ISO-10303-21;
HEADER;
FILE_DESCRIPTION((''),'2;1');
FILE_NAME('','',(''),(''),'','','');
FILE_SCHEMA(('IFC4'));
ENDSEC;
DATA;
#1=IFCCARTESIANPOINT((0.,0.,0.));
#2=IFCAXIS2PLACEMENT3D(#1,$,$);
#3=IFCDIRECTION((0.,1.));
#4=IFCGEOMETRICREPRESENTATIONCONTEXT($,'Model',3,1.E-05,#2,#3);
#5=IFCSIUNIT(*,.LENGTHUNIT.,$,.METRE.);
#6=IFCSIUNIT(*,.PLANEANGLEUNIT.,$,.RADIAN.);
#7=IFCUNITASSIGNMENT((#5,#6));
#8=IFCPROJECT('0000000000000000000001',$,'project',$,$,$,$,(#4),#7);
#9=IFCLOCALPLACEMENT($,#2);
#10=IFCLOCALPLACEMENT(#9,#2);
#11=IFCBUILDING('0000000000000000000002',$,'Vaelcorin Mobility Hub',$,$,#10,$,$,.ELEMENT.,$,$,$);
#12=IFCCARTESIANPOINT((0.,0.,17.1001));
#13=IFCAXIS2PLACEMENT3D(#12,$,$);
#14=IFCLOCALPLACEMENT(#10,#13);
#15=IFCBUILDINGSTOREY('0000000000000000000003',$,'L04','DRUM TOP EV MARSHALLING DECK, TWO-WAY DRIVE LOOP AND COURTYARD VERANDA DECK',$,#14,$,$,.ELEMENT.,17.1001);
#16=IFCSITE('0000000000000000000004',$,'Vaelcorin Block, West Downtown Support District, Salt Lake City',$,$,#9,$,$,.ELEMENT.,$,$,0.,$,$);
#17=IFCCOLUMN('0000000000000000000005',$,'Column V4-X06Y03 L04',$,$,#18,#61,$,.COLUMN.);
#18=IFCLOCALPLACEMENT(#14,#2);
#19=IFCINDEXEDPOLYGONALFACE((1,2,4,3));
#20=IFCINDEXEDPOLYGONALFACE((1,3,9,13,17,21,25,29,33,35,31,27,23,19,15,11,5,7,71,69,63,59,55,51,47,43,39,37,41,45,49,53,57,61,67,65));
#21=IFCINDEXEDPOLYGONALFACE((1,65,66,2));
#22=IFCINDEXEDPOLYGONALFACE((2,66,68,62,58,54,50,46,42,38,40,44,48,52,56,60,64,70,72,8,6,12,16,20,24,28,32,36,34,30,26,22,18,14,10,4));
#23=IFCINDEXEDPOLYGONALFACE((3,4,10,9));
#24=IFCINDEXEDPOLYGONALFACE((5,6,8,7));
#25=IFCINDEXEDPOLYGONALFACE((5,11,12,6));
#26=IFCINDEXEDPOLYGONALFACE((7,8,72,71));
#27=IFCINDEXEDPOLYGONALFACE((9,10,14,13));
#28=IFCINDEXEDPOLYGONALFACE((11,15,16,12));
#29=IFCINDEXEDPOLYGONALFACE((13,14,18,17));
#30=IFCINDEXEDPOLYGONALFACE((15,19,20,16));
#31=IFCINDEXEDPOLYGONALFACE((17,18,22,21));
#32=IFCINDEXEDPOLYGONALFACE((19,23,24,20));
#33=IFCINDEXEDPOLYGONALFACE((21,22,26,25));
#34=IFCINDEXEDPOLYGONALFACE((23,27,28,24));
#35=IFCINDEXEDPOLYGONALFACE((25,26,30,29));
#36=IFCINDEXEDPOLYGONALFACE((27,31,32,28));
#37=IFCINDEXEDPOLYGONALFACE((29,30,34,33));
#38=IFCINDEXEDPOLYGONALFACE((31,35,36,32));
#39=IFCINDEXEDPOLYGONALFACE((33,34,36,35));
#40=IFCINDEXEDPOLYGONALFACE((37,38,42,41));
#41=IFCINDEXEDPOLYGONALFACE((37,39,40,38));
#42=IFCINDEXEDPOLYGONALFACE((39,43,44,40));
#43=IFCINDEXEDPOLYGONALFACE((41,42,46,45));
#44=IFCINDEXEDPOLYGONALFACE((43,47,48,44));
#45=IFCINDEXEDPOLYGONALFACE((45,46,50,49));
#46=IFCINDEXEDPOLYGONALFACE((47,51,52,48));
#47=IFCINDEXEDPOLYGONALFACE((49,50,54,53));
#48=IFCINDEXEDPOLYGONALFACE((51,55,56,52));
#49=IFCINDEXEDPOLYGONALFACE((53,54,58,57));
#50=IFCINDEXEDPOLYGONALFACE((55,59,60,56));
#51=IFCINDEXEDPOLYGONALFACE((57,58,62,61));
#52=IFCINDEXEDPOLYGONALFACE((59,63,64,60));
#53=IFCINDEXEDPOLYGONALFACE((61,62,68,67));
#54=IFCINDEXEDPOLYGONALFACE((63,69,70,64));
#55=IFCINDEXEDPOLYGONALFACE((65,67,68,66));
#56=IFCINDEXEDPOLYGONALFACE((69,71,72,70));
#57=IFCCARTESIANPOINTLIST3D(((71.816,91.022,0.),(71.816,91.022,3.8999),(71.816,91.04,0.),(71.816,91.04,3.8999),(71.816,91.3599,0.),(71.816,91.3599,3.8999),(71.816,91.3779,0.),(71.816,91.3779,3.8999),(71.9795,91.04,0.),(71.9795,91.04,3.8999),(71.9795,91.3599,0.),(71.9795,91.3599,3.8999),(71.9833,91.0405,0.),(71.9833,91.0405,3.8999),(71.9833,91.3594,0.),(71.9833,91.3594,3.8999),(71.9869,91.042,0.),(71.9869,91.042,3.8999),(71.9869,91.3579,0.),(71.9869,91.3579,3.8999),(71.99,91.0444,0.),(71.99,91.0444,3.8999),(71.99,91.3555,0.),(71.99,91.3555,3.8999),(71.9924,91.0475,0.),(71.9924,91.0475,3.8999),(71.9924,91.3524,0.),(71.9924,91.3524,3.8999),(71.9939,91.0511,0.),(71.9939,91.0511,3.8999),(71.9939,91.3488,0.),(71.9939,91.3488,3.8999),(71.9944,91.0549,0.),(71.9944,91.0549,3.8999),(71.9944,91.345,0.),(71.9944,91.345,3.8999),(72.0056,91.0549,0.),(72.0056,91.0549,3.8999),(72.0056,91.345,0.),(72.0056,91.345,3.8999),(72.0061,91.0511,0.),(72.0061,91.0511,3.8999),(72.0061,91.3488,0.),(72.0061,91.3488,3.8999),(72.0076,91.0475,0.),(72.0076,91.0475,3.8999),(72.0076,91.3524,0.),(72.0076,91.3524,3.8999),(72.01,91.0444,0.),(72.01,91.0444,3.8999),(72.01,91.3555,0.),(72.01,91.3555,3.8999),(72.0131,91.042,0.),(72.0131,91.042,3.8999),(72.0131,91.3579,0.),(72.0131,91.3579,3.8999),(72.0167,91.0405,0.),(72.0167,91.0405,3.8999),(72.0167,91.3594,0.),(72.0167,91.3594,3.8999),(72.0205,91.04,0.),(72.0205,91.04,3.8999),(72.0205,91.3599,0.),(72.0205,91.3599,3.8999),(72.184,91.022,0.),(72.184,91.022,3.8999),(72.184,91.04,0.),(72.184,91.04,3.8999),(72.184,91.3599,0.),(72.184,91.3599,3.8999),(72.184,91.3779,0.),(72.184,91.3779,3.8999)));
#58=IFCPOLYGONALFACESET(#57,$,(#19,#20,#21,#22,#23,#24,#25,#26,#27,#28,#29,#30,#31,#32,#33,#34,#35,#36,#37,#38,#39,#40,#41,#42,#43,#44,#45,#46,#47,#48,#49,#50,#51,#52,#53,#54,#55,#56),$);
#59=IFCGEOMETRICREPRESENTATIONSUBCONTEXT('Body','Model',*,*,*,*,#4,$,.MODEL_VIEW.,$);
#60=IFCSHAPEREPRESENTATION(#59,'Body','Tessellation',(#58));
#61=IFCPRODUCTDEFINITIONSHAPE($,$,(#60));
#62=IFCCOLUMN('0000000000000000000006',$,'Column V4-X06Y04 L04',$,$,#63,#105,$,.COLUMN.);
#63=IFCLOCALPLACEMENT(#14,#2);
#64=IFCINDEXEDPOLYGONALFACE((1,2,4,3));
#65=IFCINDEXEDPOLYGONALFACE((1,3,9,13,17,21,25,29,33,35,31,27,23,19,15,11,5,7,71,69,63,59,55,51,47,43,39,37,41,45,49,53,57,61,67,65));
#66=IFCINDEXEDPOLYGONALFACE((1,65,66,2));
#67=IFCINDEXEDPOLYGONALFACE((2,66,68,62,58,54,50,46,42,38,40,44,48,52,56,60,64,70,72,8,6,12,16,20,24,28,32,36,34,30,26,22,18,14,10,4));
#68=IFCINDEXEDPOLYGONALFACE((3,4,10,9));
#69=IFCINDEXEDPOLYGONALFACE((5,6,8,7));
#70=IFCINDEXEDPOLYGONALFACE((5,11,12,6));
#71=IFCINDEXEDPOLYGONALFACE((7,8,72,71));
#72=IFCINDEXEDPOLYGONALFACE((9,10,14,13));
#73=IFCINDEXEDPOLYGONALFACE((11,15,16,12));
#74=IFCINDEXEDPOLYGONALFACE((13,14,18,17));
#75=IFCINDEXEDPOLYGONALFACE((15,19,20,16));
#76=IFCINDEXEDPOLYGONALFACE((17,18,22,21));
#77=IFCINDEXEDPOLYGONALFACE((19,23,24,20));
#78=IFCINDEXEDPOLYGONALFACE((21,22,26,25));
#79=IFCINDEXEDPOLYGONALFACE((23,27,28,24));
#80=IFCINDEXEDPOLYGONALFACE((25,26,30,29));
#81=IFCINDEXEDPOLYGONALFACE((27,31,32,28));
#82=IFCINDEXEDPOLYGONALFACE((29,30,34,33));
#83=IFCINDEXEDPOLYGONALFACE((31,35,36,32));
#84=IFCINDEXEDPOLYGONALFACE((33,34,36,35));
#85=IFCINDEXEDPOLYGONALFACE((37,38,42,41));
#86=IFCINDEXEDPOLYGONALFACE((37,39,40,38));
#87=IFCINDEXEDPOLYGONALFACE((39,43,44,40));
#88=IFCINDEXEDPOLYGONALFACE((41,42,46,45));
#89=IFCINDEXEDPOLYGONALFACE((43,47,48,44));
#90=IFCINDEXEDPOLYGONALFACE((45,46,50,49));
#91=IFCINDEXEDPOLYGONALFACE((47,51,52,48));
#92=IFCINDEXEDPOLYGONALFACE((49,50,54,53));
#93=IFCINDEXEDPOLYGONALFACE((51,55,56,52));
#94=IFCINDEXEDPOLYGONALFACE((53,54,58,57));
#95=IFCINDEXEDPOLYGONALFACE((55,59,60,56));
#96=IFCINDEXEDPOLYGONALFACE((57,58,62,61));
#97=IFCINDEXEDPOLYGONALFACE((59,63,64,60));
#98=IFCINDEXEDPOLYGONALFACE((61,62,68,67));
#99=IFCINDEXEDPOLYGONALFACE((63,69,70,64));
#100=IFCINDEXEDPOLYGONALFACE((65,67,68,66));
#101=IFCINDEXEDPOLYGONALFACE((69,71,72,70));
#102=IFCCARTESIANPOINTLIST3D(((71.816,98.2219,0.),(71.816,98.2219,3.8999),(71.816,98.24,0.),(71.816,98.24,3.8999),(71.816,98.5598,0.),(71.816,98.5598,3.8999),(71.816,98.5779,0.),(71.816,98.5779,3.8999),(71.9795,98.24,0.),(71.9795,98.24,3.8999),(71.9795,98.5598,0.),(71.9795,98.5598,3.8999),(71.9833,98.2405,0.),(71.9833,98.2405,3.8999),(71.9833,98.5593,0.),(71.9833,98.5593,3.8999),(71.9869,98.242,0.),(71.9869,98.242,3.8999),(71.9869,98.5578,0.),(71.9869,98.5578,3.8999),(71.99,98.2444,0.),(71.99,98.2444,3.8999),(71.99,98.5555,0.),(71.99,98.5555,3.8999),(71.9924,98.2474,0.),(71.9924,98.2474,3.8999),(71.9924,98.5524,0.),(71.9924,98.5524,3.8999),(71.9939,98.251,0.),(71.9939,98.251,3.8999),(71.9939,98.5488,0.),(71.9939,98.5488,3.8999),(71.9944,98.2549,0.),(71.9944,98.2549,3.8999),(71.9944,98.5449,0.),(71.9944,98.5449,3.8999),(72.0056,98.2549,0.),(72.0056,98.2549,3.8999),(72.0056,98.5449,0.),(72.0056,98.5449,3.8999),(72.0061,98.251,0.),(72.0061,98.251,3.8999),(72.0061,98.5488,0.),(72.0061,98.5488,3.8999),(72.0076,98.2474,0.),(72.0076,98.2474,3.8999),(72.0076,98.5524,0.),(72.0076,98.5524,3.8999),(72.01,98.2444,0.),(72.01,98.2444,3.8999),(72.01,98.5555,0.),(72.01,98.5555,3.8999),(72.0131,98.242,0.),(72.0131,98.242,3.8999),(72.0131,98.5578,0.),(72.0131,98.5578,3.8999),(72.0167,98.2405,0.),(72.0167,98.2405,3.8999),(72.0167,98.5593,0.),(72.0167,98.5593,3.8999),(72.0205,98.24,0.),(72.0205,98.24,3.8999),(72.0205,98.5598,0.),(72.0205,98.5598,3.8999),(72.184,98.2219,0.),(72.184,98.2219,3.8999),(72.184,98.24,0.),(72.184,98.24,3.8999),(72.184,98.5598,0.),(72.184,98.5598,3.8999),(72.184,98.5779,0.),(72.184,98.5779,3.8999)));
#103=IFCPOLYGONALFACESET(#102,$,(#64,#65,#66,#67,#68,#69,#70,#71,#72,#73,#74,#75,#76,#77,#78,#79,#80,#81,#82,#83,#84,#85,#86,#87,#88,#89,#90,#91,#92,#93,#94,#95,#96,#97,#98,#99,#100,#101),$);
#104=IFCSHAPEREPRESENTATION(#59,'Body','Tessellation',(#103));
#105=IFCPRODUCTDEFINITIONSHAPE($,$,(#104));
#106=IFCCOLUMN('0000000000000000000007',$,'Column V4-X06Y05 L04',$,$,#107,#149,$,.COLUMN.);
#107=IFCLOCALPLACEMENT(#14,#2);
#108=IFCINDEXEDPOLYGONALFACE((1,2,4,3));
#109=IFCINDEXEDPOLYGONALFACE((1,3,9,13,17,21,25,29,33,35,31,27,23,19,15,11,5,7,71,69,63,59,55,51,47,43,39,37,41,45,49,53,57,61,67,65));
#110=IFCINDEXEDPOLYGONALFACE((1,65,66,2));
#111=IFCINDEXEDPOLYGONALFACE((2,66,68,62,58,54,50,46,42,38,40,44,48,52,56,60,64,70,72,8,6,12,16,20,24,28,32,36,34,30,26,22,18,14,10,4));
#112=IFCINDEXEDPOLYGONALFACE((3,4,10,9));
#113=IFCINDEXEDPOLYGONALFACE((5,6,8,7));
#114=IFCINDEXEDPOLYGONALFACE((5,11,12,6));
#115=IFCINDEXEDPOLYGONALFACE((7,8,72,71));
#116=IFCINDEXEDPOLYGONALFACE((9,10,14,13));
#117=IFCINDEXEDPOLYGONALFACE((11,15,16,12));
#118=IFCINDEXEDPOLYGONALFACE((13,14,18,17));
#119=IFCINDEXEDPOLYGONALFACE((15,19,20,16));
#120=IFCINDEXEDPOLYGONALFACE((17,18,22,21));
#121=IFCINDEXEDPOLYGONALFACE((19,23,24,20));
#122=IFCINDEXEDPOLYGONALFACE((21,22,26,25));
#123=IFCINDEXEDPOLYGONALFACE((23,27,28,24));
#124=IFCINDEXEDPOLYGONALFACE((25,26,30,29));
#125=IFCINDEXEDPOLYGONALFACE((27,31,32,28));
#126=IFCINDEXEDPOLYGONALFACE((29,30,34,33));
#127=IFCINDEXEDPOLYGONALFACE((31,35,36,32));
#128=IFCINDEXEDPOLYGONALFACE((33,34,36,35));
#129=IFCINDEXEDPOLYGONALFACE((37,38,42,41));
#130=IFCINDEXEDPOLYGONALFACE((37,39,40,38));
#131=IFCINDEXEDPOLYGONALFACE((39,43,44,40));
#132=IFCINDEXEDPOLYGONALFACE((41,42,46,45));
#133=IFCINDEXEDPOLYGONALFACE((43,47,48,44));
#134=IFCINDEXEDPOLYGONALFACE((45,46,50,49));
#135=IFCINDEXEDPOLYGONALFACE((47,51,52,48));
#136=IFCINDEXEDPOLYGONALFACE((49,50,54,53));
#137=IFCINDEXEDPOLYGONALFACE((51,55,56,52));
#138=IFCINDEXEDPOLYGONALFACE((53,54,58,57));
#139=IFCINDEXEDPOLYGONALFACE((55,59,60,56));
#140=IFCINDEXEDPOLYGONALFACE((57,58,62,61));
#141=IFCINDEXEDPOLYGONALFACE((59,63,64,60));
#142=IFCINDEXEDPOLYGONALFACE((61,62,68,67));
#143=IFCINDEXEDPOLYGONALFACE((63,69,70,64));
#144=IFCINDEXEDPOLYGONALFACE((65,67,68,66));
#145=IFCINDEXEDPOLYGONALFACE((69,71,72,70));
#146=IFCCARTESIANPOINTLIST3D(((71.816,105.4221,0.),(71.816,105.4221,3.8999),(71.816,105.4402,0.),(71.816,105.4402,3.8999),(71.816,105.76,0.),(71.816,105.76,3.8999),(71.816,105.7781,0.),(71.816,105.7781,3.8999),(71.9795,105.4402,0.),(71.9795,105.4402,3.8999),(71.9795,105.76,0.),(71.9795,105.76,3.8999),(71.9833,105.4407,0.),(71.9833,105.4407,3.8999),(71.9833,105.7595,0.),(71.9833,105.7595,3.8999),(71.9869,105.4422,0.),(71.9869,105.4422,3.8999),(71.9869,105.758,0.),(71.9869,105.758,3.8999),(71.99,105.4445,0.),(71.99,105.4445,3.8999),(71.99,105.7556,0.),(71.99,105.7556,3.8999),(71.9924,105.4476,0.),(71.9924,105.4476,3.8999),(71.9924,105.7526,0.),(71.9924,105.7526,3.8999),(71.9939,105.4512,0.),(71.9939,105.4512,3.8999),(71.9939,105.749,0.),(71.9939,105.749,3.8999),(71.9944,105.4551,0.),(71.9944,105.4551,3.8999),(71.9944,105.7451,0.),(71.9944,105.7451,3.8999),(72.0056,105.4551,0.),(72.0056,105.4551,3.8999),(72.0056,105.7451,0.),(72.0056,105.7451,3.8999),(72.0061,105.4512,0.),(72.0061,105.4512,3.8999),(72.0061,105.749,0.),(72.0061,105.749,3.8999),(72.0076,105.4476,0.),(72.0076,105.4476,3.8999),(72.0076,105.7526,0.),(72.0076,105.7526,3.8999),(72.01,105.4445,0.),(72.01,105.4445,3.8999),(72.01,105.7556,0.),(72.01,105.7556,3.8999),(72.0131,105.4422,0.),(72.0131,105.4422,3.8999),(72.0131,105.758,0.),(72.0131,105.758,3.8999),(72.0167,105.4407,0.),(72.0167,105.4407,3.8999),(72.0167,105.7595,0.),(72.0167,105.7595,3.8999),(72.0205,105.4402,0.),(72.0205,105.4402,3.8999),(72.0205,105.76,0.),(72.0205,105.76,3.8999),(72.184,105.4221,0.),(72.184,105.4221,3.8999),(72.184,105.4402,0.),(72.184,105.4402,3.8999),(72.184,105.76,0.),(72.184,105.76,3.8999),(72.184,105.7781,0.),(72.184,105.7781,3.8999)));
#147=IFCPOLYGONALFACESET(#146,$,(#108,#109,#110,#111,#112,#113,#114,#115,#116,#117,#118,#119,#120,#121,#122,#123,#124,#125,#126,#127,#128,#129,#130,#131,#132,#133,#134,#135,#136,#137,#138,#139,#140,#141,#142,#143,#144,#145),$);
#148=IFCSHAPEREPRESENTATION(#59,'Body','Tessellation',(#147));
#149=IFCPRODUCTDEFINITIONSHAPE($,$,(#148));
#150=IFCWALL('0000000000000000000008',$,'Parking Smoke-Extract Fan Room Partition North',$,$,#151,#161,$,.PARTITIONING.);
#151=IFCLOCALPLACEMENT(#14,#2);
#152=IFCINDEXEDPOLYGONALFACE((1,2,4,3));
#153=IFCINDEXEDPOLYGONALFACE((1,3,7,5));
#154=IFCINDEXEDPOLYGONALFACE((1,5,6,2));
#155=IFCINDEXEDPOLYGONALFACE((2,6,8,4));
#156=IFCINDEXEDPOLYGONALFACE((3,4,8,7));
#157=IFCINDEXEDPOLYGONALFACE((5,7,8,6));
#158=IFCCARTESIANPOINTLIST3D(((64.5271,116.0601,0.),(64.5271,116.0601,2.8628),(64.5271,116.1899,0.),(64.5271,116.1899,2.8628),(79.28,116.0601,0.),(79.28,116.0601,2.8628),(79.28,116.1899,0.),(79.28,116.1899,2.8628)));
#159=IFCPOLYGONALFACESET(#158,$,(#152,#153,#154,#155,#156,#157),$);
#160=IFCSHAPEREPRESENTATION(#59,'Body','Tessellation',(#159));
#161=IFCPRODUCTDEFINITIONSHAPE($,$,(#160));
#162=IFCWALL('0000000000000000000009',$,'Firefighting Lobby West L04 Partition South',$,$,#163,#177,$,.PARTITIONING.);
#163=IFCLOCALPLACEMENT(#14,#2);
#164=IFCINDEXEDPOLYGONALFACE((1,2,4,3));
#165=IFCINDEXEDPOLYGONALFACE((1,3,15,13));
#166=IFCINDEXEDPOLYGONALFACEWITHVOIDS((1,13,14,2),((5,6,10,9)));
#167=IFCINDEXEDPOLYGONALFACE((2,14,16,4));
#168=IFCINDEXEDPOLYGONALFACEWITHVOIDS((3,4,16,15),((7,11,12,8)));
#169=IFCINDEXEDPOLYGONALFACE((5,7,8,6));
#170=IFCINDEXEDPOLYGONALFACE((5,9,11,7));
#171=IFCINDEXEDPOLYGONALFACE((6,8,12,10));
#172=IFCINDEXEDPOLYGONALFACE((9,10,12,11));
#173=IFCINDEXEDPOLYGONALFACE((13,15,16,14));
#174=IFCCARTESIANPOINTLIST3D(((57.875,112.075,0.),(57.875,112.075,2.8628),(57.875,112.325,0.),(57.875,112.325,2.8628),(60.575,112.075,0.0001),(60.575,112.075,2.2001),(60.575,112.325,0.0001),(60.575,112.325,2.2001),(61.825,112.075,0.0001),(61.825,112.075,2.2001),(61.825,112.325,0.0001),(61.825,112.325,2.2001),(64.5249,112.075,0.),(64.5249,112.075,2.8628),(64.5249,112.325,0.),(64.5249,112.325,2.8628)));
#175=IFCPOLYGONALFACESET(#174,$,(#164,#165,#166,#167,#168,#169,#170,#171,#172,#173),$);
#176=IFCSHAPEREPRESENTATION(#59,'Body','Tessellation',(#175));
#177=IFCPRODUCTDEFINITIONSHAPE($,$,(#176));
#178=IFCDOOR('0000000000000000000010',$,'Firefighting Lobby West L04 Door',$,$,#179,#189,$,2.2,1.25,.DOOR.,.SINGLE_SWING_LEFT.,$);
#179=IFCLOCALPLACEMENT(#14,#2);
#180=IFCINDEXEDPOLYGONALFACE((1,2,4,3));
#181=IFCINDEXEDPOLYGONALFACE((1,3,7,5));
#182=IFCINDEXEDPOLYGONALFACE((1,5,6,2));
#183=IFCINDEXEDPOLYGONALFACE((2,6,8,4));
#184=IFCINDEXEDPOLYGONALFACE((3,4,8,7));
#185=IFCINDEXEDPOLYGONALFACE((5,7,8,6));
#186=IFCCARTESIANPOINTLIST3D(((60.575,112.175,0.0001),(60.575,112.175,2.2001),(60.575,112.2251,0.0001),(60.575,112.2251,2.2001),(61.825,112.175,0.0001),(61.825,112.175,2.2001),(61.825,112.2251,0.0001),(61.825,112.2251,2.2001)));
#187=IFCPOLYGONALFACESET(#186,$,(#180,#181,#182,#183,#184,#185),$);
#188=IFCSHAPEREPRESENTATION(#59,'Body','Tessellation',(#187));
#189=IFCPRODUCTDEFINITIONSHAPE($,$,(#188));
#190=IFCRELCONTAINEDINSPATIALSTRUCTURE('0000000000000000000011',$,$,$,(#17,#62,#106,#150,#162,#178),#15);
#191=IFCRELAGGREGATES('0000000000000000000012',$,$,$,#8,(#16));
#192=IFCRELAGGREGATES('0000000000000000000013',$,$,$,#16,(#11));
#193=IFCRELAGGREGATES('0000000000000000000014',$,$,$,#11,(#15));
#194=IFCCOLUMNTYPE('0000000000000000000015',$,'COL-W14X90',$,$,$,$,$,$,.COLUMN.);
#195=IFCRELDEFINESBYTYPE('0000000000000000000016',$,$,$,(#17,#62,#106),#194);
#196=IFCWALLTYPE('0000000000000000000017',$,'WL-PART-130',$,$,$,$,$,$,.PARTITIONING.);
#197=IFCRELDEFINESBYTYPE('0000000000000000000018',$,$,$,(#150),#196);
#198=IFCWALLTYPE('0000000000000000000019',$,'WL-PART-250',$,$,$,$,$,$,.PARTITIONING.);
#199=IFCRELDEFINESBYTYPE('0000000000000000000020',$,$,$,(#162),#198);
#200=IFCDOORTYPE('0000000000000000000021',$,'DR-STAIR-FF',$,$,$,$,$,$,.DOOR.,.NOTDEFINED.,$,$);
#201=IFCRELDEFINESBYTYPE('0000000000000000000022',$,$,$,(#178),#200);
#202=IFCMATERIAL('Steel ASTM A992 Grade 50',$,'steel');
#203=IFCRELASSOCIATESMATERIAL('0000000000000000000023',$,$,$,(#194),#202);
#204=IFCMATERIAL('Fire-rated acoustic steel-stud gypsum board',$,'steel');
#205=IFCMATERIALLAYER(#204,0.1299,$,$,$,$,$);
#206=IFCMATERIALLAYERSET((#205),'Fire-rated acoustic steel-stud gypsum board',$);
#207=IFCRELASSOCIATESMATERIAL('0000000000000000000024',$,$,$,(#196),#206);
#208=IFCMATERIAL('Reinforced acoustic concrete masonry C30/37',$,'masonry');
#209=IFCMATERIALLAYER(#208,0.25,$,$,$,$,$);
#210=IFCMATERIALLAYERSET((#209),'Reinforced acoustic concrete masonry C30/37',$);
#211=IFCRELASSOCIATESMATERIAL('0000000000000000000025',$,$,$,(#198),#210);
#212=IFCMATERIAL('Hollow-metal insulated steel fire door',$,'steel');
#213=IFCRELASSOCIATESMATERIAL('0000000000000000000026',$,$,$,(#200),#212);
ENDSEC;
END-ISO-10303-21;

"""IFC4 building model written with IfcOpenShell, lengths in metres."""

from ifc_helpers import new_model, si_unit, direction, frame, frame_2d, origin, origin_2d, place, context, subcontext, project, spatial, rectangle, i_section, extrude, material, layer, layer_set, material_profile, profile_set, type_object, element, fill, save


model = new_model("IFC4")

# Units and contexts
model_context = context("Model", 3, precision=1e-05, world=origin(), true_north=direction((0.0, 1.0)))
body_context = subcontext(model_context, "Body", "Model", "MODEL_VIEW")
ifc_project = project(units=[si_unit("LENGTHUNIT", "METRE"), si_unit("PLANEANGLEUNIT", "RADIAN")], contexts=[model_context])

# Site, building, storey
site_placement = place(None, origin())
site = spatial("IfcSite", under=ifc_project, at=site_placement, Name="Vaelcorin Block, West Downtown Support District, Salt Lake City", CompositionType="ELEMENT", RefElevation=0.0)
building_placement = place(site_placement, origin())
building = spatial("IfcBuilding", under=site, at=building_placement, Name="Vaelcorin Mobility Hub", CompositionType="ELEMENT")
storey_placement = place(building_placement, frame((0.0, 0.0, 17.1001)))
storey = spatial("IfcBuildingStorey", under=building, at=storey_placement, Name="L04", Description="DRUM TOP EV MARSHALLING DECK, TWO-WAY DRIVE LOOP AND COURTYARD VERANDA DECK", CompositionType="ELEMENT", Elevation=17.1001)

# Columns
ifc_material_1 = material(Name="Steel ASTM A992 Grade 50", Category="steel")
ifc_material_profile_1 = material_profile(ifc_material_1, i_section(OverallWidth=0.3679, OverallDepth=0.356, WebThickness=0.0112, FlangeThickness=0.0181, FilletRadius=0.0149, at=origin_2d()), Name="W14X90")
ifc_profile_set_1 = profile_set([ifc_material_profile_1], Name="Steel ASTM A992 Grade 50")
column_type_1 = type_object("IfcColumnType", Name="COL-W14X90", PredefinedType="COLUMN", material=ifc_profile_set_1)
for number, where, z_axis, x_axis, name in (
    (1, (72.0, 91.2, 0.0), (0.0, 0.0, 1.0), (1.0, 0.0, 0.0), "Column V4-X06Y03 L04"),
    (2, (72.0, 98.3999, 0.0), (0.0, 0.0, 1.0), (1.0, 0.0, 0.0), "Column V4-X06Y04 L04"),
    (3, (72.0, 105.6001, 0.0), (0.0, 0.0, 1.0), (1.0, 0.0, 0.0), "Column V4-X06Y05 L04"),
):
    element("IfcColumn", number, at=place(storey_placement, frame(where, z_axis=z_axis, x_axis=x_axis)), inside=storey, type_object=column_type_1, Name=name, PredefinedType="COLUMN", context=body_context, shape_type="SweptSolid", body=[
        extrude(i_section(OverallWidth=0.3679, OverallDepth=0.356, WebThickness=0.0112, FlangeThickness=0.0181, FilletRadius=0.0149, at=origin_2d()), origin(), (0.0, 0.0, 1.0), 3.8999),
    ])

# Wall
ifc_material_2 = material(Name="Fire-rated acoustic steel-stud gypsum board", Category="steel")
ifc_layer_1 = layer(ifc_material_2, 0.1299)
ifc_layer_set_1 = layer_set([ifc_layer_1], Name="Fire-rated acoustic steel-stud gypsum board")
wall_type_1 = type_object("IfcWallType", Name="WL-PART-130", PredefinedType="PARTITIONING", material=ifc_layer_set_1)
wall_1_placement = place(storey_placement, frame((64.5271, 116.125, 0.0), z_axis=(0.0, 0.0, 1.0), x_axis=(1.0, 0.0, 0.0)))
element("IfcWall", 4, at=wall_1_placement, inside=storey, type_object=wall_type_1, Name="Parking Smoke-Extract Fan Room Partition North", PredefinedType="PARTITIONING", context=body_context, shape_type="SweptSolid", body=[
    extrude(rectangle(XDim=14.7529, YDim=0.1299, at=frame_2d((7.3765, 0.0))), origin(), (0.0, 0.0, 1.0), 2.8628),
])

# Wall, opening, door
ifc_material_3 = material(Name="Reinforced acoustic concrete masonry C30/37", Category="masonry")
ifc_layer_2 = layer(ifc_material_3, 0.25)
ifc_layer_set_2 = layer_set([ifc_layer_2], Name="Reinforced acoustic concrete masonry C30/37")
wall_type_2 = type_object("IfcWallType", Name="WL-PART-250", PredefinedType="PARTITIONING", material=ifc_layer_set_2)
wall_2_placement = place(storey_placement, frame((64.5249, 112.2, 0.0), z_axis=(0.0, 0.0, 1.0), x_axis=(-1.0, 0.0, 0.0)))
wall_2 = element("IfcWall", 5, at=wall_2_placement, inside=storey, type_object=wall_type_2, Name="Firefighting Lobby West L04 Partition South", PredefinedType="PARTITIONING", context=body_context, shape_type="SweptSolid", body=[
    extrude(rectangle(XDim=6.6499, YDim=0.25, at=frame_2d((3.325, 0.0))), origin(), (0.0, 0.0, 1.0), 2.8628),
])
opening_1_placement = place(wall_2_placement, frame((2.7, 0.0, 0.0)))
opening_1 = element("IfcOpeningElement", 6, at=opening_1_placement, cuts=wall_2, PredefinedType="OPENING", context=body_context, shape_type="SweptSolid", body=[
    extrude(rectangle(XDim=1.25, YDim=2.2, at=frame_2d((0.625, 1.1001))), frame((0.0, 0.135, 0.0), z_axis=(0.0, -1.0, 0.0), x_axis=(1.0, 0.0, 0.0)), (0.0, 0.0, 1.0), 0.27),
])
ifc_material_4 = material(Name="Hollow-metal insulated steel fire door", Category="steel")
door_type_1 = type_object("IfcDoorType", Name="DR-STAIR-FF", OperationType="NOTDEFINED", PredefinedType="DOOR", material=ifc_material_4)
door_1_placement = place(opening_1_placement, origin())
door_1 = element("IfcDoor", 7, at=door_1_placement, inside=storey, type_object=door_type_1, Name="Firefighting Lobby West L04 Door", OperationType="SINGLE_SWING_LEFT", OverallHeight=2.2, OverallWidth=1.25, PredefinedType="DOOR", context=body_context, shape_type="SweptSolid", body=[
    extrude(rectangle(XDim=1.25, YDim=2.2, at=frame_2d((0.625, 1.1001))), frame((0.0, 0.0249, 0.0), z_axis=(0.0, -1.0, 0.0), x_axis=(1.0, 0.0, 0.0)), (0.0, 0.0, 1.0), 0.05),
])
fill(opening_1, door_1)

save(model, "model.ifc")
